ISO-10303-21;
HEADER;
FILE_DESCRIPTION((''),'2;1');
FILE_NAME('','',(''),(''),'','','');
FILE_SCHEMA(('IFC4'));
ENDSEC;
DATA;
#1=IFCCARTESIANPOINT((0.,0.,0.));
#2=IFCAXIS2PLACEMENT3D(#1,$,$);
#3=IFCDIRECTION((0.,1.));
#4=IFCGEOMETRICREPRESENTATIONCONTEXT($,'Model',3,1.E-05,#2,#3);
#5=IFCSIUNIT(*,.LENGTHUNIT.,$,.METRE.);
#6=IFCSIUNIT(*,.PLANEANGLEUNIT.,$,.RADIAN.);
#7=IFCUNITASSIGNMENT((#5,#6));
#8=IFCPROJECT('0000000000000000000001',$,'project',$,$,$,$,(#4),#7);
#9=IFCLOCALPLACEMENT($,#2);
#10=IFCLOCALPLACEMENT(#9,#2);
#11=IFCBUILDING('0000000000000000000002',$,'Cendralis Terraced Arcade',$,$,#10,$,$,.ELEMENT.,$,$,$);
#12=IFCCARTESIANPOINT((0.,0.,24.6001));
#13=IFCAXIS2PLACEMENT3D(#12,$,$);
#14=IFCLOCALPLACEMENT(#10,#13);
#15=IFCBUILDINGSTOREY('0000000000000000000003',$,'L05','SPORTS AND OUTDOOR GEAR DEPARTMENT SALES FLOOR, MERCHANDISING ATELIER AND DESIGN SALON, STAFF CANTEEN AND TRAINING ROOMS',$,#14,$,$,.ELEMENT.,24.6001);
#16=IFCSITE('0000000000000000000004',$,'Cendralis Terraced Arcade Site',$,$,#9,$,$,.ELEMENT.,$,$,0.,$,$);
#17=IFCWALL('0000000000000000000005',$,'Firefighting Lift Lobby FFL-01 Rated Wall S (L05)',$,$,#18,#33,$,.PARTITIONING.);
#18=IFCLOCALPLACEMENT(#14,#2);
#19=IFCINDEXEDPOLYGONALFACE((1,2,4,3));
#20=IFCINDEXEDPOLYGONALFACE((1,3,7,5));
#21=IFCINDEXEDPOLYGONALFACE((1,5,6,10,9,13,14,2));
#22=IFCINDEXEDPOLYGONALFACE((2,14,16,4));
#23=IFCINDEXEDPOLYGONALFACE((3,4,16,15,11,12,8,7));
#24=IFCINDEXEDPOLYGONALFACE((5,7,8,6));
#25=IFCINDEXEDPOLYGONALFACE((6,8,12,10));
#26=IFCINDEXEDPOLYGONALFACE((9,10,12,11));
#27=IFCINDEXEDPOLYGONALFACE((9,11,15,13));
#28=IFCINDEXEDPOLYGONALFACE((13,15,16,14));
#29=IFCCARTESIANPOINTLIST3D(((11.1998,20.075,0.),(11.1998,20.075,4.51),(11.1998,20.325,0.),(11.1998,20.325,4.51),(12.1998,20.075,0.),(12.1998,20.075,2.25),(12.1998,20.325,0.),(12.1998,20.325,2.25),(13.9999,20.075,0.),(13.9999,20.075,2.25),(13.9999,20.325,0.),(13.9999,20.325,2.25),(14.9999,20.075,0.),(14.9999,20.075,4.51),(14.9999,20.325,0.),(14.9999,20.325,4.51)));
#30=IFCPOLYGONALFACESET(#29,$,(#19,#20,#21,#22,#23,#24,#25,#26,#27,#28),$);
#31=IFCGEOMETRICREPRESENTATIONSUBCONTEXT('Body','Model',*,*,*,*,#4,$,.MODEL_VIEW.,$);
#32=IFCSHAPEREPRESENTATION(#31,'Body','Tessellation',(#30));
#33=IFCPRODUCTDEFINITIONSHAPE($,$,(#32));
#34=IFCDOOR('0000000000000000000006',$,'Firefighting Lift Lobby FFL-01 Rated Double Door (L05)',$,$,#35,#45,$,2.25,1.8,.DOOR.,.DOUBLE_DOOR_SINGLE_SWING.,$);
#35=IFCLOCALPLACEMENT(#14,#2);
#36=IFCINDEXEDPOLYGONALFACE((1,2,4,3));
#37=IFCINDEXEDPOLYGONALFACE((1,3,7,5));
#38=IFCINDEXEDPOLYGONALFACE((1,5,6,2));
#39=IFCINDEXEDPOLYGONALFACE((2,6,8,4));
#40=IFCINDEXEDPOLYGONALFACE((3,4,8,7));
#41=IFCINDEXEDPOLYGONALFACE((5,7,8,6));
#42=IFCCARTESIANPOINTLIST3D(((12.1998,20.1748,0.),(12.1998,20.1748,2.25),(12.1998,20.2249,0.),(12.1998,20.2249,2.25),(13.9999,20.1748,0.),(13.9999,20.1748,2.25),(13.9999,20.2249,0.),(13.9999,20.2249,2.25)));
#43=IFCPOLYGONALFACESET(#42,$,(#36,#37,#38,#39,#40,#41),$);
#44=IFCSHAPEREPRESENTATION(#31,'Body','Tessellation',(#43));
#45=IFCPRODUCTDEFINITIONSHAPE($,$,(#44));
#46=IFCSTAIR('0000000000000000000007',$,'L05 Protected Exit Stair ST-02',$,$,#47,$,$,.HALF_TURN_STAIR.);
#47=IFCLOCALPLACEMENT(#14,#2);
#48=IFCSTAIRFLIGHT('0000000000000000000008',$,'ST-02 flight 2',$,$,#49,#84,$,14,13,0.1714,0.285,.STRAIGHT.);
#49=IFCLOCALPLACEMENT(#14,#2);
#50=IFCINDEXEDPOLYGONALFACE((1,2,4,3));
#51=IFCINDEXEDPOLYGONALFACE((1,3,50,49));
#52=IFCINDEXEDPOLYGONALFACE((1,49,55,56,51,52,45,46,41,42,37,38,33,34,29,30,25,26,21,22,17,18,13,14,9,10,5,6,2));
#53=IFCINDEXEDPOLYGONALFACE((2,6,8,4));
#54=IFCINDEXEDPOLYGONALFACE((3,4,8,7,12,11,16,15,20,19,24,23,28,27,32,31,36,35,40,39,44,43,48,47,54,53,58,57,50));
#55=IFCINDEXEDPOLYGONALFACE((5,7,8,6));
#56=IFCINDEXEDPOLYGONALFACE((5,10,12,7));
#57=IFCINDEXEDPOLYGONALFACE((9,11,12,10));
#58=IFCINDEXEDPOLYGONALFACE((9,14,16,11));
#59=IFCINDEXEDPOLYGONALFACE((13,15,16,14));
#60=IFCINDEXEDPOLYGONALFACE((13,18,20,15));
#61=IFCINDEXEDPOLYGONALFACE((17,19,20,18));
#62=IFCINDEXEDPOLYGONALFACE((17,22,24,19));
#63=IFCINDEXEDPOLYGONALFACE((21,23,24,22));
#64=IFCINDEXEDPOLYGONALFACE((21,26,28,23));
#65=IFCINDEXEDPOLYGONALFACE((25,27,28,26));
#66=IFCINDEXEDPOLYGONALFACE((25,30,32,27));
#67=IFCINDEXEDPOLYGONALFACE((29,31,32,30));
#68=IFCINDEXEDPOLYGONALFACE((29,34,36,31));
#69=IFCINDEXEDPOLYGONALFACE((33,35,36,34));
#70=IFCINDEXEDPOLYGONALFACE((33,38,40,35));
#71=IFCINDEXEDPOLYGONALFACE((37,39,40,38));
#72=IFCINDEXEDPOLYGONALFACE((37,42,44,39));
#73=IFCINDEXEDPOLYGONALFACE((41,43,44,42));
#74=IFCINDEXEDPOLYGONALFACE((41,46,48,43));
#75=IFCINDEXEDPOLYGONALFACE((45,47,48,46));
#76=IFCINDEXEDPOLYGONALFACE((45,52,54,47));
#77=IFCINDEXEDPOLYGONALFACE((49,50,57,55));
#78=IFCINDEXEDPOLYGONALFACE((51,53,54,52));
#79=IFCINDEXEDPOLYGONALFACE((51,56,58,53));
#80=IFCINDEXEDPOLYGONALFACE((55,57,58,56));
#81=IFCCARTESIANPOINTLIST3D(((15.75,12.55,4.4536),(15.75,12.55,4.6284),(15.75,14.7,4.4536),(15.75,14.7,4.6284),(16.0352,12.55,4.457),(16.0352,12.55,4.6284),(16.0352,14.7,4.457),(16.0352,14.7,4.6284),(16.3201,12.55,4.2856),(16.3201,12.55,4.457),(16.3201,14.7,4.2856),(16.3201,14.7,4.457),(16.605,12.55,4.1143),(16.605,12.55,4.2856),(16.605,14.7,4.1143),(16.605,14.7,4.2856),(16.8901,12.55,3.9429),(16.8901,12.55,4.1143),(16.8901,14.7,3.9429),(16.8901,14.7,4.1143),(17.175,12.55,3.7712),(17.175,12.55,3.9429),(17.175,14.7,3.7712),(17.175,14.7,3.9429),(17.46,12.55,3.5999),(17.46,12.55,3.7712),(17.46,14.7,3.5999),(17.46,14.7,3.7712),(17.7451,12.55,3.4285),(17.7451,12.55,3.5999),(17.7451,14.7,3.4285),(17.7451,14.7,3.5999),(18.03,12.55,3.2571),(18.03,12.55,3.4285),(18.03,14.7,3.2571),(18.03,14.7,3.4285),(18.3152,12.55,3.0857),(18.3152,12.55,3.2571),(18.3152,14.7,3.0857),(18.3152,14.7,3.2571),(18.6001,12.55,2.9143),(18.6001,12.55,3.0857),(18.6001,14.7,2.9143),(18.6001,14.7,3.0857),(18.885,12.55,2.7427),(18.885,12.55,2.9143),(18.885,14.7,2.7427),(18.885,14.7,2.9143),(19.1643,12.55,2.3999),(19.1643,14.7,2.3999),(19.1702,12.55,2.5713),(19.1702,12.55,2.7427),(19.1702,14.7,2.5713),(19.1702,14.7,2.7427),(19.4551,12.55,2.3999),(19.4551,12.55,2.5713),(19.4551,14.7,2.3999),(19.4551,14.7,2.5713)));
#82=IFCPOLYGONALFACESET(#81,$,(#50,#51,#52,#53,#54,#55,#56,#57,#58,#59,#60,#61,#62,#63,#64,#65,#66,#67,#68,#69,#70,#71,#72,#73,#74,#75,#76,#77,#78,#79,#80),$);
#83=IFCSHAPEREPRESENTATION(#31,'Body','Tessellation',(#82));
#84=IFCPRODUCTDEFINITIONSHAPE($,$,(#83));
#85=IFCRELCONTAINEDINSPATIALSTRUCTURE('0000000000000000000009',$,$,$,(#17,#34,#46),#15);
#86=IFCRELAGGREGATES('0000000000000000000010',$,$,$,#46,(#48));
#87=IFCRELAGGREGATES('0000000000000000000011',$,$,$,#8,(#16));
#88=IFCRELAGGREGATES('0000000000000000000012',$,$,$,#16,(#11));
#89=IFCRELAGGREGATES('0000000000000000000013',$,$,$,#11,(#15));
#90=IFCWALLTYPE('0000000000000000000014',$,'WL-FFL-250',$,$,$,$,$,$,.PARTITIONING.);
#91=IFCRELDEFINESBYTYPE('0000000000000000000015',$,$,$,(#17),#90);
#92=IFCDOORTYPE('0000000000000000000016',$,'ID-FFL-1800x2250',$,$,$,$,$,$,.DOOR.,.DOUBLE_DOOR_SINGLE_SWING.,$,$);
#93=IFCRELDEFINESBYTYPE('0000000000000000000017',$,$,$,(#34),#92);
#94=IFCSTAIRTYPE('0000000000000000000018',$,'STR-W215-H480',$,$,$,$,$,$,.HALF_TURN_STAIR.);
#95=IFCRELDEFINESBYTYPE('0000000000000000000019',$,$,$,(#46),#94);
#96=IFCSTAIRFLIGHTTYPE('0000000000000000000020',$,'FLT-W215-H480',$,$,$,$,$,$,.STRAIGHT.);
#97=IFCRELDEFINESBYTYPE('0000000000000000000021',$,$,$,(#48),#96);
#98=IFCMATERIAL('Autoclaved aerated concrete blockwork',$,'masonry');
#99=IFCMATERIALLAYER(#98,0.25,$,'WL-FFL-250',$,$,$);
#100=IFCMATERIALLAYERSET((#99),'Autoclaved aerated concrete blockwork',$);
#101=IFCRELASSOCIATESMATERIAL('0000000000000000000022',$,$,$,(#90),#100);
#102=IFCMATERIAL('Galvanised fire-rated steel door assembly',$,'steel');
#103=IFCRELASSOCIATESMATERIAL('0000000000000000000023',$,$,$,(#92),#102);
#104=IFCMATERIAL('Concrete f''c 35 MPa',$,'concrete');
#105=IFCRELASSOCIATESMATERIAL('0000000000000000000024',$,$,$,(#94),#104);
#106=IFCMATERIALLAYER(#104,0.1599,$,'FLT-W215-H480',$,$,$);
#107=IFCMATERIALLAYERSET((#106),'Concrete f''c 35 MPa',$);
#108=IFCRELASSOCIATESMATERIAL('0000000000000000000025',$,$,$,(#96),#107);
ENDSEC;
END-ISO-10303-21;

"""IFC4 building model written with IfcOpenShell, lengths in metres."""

from ifc_helpers import new_model, si_unit, direction, frame, frame_2d, origin, place, context, subcontext, project, spatial, polyline, rectangle, outline, extrude, material, layer, layer_set, type_object, element, fill, aggregate, save


model = new_model("IFC4")

# Units and contexts
model_context = context("Model", 3, precision=1e-05, world=origin(), true_north=direction((0.0, 1.0)))
body_context = subcontext(model_context, "Body", "Model", "MODEL_VIEW")
ifc_project = project(units=[si_unit("LENGTHUNIT", "METRE"), si_unit("PLANEANGLEUNIT", "RADIAN")], contexts=[model_context])

# Site, building, storey
site_placement = place(None, origin())
site = spatial("IfcSite", under=ifc_project, at=site_placement, Name="Cendralis Terraced Arcade Site", CompositionType="ELEMENT", RefElevation=0.0)
building_placement = place(site_placement, origin())
building = spatial("IfcBuilding", under=site, at=building_placement, Name="Cendralis Terraced Arcade", CompositionType="ELEMENT")
storey_placement = place(building_placement, frame((0.0, 0.0, 24.6001)))
storey = spatial("IfcBuildingStorey", under=building, at=storey_placement, Name="L05", Description="SPORTS AND OUTDOOR GEAR DEPARTMENT SALES FLOOR, MERCHANDISING ATELIER AND DESIGN SALON, STAFF CANTEEN AND TRAINING ROOMS", CompositionType="ELEMENT", Elevation=24.6001)

# Shared definitions
ifc_material_1 = material(Name="Concrete f'c 35 MPa", Category="concrete")

# Shared definitions
ifc_material_2 = material(Name="Autoclaved aerated concrete blockwork", Category="masonry")

# Shared definitions
ifc_material_3 = material(Name="Galvanised fire-rated steel door assembly", Category="steel")

# Wall, opening, door
ifc_layer_1 = layer(ifc_material_2, 0.25, Name="WL-FFL-250")
ifc_layer_set_1 = layer_set([ifc_layer_1], Name="Autoclaved aerated concrete blockwork")
wall_type_1 = type_object("IfcWallType", Name="WL-FFL-250", PredefinedType="PARTITIONING", material=ifc_layer_set_1)
wall_1_placement = place(storey_placement, frame((11.2, 20.2, 0.0), z_axis=(0.0, 0.0, 1.0), x_axis=(1.0, 0.0, 0.0)))
wall_1 = element("IfcWall", 1, at=wall_1_placement, inside=storey, type_object=wall_type_1, Name="Firefighting Lift Lobby FFL-01 Rated Wall S (L05)", PredefinedType="PARTITIONING", context=body_context, shape_type="SweptSolid", body=[
    extrude(rectangle(XDim=3.8, YDim=0.25, at=frame_2d((1.8999, 0.0))), origin(), (0.0, 0.0, 1.0), 4.51),
])
opening_1_placement = place(wall_1_placement, frame((1.0, 0.0, 0.0)))
opening_1 = element("IfcOpeningElement", 2, at=opening_1_placement, cuts=wall_1, PredefinedType="OPENING", context=body_context, shape_type="SweptSolid", body=[
    extrude(rectangle(XDim=1.8, YDim=2.25, at=frame_2d((0.8999, 1.125))), frame((0.0, 0.137, 0.0), z_axis=(0.0, -1.0, 0.0), x_axis=(1.0, 0.0, 0.0)), (0.0, 0.0, 1.0), 0.2739),
])
door_type_1 = type_object("IfcDoorType", Name="ID-FFL-1800x2250", OperationType="DOUBLE_DOOR_SINGLE_SWING", PredefinedType="DOOR", material=ifc_material_3)
door_1_placement = place(opening_1_placement, origin())
door_1 = element("IfcDoor", 3, at=door_1_placement, inside=storey, type_object=door_type_1, Name="Firefighting Lift Lobby FFL-01 Rated Double Door (L05)", OperationType="DOUBLE_DOOR_SINGLE_SWING", OverallHeight=2.25, OverallWidth=1.8, PredefinedType="DOOR", context=body_context, shape_type="SweptSolid", body=[
    extrude(rectangle(XDim=1.8, YDim=2.25, at=frame_2d((0.8999, 1.125))), frame((0.0, 0.0249, 0.0), z_axis=(0.0, -1.0, 0.0), x_axis=(1.0, 0.0, 0.0)), (0.0, 0.0, 1.0), 0.05),
])
fill(opening_1, door_1)

# Stair, stair flight
stair_type = type_object("IfcStairType", Name="STR-W215-H480", PredefinedType="HALF_TURN_STAIR", material=ifc_material_1)
stair_placement = place(storey_placement, origin())
stair = element("IfcStair", 4, at=stair_placement, inside=storey, type_object=stair_type, Name="L05 Protected Exit Stair ST-02", PredefinedType="HALF_TURN_STAIR")
ifc_layer_2 = layer(ifc_material_1, 0.1599, Name="FLT-W215-H480")
ifc_layer_set_2 = layer_set([ifc_layer_2], Name="Concrete f'c 35 MPa")
stair_flight_type = type_object("IfcStairFlightType", Name="FLT-W215-H480", PredefinedType="STRAIGHT", material=ifc_layer_set_2)
stair_flight_placement = place(storey_placement, frame((19.4551, 13.625, 2.3999), z_axis=(0.0, 0.0, 1.0), x_axis=(-1.0, 0.0, 0.0)))
stair_flight = element("IfcStairFlight", 5, at=stair_flight_placement, type_object=stair_flight_type, Name="ST-02 flight 2", NumberOfRisers=14, NumberOfTreads=13, PredefinedType="STRAIGHT", RiserHeight=0.1714, TreadLength=0.285, context=body_context, shape_type="SweptSolid", body=[
    extrude(outline(polyline([(0.0, 0.0), (0.0, 0.1714), (0.2849, 0.1714), (0.2849, 0.3428), (0.5701, 0.3428), (0.5701, 0.5144), (0.855, 0.5144), (0.855, 0.6858), (1.1399, 0.6858), (1.1399, 0.8572), (1.425, 0.8572), (1.425, 1.0286), (1.71, 1.0286), (1.71, 1.2), (1.9951, 1.2), (1.9951, 1.3713), (2.28, 1.3713), (2.28, 1.543), (2.5649, 1.543), (2.5649, 1.7144), (2.8501, 1.7144), (2.8501, 1.8857), (3.135, 1.8857), (3.135, 2.0571), (3.4199, 2.0571), (3.4199, 2.2285), (3.7051, 2.2285), (3.7051, 2.3999), (3.7051, 2.0537), (0.2908, 0.0), (0.0, 0.0)])), frame((0.0, 1.075, 0.0), z_axis=(0.0, -1.0, 0.0), x_axis=(1.0, 0.0, 0.0)), (0.0, 0.0, 1.0), 2.1499),
])
aggregate(stair, [stair_flight])

save(model, "model.ifc")
